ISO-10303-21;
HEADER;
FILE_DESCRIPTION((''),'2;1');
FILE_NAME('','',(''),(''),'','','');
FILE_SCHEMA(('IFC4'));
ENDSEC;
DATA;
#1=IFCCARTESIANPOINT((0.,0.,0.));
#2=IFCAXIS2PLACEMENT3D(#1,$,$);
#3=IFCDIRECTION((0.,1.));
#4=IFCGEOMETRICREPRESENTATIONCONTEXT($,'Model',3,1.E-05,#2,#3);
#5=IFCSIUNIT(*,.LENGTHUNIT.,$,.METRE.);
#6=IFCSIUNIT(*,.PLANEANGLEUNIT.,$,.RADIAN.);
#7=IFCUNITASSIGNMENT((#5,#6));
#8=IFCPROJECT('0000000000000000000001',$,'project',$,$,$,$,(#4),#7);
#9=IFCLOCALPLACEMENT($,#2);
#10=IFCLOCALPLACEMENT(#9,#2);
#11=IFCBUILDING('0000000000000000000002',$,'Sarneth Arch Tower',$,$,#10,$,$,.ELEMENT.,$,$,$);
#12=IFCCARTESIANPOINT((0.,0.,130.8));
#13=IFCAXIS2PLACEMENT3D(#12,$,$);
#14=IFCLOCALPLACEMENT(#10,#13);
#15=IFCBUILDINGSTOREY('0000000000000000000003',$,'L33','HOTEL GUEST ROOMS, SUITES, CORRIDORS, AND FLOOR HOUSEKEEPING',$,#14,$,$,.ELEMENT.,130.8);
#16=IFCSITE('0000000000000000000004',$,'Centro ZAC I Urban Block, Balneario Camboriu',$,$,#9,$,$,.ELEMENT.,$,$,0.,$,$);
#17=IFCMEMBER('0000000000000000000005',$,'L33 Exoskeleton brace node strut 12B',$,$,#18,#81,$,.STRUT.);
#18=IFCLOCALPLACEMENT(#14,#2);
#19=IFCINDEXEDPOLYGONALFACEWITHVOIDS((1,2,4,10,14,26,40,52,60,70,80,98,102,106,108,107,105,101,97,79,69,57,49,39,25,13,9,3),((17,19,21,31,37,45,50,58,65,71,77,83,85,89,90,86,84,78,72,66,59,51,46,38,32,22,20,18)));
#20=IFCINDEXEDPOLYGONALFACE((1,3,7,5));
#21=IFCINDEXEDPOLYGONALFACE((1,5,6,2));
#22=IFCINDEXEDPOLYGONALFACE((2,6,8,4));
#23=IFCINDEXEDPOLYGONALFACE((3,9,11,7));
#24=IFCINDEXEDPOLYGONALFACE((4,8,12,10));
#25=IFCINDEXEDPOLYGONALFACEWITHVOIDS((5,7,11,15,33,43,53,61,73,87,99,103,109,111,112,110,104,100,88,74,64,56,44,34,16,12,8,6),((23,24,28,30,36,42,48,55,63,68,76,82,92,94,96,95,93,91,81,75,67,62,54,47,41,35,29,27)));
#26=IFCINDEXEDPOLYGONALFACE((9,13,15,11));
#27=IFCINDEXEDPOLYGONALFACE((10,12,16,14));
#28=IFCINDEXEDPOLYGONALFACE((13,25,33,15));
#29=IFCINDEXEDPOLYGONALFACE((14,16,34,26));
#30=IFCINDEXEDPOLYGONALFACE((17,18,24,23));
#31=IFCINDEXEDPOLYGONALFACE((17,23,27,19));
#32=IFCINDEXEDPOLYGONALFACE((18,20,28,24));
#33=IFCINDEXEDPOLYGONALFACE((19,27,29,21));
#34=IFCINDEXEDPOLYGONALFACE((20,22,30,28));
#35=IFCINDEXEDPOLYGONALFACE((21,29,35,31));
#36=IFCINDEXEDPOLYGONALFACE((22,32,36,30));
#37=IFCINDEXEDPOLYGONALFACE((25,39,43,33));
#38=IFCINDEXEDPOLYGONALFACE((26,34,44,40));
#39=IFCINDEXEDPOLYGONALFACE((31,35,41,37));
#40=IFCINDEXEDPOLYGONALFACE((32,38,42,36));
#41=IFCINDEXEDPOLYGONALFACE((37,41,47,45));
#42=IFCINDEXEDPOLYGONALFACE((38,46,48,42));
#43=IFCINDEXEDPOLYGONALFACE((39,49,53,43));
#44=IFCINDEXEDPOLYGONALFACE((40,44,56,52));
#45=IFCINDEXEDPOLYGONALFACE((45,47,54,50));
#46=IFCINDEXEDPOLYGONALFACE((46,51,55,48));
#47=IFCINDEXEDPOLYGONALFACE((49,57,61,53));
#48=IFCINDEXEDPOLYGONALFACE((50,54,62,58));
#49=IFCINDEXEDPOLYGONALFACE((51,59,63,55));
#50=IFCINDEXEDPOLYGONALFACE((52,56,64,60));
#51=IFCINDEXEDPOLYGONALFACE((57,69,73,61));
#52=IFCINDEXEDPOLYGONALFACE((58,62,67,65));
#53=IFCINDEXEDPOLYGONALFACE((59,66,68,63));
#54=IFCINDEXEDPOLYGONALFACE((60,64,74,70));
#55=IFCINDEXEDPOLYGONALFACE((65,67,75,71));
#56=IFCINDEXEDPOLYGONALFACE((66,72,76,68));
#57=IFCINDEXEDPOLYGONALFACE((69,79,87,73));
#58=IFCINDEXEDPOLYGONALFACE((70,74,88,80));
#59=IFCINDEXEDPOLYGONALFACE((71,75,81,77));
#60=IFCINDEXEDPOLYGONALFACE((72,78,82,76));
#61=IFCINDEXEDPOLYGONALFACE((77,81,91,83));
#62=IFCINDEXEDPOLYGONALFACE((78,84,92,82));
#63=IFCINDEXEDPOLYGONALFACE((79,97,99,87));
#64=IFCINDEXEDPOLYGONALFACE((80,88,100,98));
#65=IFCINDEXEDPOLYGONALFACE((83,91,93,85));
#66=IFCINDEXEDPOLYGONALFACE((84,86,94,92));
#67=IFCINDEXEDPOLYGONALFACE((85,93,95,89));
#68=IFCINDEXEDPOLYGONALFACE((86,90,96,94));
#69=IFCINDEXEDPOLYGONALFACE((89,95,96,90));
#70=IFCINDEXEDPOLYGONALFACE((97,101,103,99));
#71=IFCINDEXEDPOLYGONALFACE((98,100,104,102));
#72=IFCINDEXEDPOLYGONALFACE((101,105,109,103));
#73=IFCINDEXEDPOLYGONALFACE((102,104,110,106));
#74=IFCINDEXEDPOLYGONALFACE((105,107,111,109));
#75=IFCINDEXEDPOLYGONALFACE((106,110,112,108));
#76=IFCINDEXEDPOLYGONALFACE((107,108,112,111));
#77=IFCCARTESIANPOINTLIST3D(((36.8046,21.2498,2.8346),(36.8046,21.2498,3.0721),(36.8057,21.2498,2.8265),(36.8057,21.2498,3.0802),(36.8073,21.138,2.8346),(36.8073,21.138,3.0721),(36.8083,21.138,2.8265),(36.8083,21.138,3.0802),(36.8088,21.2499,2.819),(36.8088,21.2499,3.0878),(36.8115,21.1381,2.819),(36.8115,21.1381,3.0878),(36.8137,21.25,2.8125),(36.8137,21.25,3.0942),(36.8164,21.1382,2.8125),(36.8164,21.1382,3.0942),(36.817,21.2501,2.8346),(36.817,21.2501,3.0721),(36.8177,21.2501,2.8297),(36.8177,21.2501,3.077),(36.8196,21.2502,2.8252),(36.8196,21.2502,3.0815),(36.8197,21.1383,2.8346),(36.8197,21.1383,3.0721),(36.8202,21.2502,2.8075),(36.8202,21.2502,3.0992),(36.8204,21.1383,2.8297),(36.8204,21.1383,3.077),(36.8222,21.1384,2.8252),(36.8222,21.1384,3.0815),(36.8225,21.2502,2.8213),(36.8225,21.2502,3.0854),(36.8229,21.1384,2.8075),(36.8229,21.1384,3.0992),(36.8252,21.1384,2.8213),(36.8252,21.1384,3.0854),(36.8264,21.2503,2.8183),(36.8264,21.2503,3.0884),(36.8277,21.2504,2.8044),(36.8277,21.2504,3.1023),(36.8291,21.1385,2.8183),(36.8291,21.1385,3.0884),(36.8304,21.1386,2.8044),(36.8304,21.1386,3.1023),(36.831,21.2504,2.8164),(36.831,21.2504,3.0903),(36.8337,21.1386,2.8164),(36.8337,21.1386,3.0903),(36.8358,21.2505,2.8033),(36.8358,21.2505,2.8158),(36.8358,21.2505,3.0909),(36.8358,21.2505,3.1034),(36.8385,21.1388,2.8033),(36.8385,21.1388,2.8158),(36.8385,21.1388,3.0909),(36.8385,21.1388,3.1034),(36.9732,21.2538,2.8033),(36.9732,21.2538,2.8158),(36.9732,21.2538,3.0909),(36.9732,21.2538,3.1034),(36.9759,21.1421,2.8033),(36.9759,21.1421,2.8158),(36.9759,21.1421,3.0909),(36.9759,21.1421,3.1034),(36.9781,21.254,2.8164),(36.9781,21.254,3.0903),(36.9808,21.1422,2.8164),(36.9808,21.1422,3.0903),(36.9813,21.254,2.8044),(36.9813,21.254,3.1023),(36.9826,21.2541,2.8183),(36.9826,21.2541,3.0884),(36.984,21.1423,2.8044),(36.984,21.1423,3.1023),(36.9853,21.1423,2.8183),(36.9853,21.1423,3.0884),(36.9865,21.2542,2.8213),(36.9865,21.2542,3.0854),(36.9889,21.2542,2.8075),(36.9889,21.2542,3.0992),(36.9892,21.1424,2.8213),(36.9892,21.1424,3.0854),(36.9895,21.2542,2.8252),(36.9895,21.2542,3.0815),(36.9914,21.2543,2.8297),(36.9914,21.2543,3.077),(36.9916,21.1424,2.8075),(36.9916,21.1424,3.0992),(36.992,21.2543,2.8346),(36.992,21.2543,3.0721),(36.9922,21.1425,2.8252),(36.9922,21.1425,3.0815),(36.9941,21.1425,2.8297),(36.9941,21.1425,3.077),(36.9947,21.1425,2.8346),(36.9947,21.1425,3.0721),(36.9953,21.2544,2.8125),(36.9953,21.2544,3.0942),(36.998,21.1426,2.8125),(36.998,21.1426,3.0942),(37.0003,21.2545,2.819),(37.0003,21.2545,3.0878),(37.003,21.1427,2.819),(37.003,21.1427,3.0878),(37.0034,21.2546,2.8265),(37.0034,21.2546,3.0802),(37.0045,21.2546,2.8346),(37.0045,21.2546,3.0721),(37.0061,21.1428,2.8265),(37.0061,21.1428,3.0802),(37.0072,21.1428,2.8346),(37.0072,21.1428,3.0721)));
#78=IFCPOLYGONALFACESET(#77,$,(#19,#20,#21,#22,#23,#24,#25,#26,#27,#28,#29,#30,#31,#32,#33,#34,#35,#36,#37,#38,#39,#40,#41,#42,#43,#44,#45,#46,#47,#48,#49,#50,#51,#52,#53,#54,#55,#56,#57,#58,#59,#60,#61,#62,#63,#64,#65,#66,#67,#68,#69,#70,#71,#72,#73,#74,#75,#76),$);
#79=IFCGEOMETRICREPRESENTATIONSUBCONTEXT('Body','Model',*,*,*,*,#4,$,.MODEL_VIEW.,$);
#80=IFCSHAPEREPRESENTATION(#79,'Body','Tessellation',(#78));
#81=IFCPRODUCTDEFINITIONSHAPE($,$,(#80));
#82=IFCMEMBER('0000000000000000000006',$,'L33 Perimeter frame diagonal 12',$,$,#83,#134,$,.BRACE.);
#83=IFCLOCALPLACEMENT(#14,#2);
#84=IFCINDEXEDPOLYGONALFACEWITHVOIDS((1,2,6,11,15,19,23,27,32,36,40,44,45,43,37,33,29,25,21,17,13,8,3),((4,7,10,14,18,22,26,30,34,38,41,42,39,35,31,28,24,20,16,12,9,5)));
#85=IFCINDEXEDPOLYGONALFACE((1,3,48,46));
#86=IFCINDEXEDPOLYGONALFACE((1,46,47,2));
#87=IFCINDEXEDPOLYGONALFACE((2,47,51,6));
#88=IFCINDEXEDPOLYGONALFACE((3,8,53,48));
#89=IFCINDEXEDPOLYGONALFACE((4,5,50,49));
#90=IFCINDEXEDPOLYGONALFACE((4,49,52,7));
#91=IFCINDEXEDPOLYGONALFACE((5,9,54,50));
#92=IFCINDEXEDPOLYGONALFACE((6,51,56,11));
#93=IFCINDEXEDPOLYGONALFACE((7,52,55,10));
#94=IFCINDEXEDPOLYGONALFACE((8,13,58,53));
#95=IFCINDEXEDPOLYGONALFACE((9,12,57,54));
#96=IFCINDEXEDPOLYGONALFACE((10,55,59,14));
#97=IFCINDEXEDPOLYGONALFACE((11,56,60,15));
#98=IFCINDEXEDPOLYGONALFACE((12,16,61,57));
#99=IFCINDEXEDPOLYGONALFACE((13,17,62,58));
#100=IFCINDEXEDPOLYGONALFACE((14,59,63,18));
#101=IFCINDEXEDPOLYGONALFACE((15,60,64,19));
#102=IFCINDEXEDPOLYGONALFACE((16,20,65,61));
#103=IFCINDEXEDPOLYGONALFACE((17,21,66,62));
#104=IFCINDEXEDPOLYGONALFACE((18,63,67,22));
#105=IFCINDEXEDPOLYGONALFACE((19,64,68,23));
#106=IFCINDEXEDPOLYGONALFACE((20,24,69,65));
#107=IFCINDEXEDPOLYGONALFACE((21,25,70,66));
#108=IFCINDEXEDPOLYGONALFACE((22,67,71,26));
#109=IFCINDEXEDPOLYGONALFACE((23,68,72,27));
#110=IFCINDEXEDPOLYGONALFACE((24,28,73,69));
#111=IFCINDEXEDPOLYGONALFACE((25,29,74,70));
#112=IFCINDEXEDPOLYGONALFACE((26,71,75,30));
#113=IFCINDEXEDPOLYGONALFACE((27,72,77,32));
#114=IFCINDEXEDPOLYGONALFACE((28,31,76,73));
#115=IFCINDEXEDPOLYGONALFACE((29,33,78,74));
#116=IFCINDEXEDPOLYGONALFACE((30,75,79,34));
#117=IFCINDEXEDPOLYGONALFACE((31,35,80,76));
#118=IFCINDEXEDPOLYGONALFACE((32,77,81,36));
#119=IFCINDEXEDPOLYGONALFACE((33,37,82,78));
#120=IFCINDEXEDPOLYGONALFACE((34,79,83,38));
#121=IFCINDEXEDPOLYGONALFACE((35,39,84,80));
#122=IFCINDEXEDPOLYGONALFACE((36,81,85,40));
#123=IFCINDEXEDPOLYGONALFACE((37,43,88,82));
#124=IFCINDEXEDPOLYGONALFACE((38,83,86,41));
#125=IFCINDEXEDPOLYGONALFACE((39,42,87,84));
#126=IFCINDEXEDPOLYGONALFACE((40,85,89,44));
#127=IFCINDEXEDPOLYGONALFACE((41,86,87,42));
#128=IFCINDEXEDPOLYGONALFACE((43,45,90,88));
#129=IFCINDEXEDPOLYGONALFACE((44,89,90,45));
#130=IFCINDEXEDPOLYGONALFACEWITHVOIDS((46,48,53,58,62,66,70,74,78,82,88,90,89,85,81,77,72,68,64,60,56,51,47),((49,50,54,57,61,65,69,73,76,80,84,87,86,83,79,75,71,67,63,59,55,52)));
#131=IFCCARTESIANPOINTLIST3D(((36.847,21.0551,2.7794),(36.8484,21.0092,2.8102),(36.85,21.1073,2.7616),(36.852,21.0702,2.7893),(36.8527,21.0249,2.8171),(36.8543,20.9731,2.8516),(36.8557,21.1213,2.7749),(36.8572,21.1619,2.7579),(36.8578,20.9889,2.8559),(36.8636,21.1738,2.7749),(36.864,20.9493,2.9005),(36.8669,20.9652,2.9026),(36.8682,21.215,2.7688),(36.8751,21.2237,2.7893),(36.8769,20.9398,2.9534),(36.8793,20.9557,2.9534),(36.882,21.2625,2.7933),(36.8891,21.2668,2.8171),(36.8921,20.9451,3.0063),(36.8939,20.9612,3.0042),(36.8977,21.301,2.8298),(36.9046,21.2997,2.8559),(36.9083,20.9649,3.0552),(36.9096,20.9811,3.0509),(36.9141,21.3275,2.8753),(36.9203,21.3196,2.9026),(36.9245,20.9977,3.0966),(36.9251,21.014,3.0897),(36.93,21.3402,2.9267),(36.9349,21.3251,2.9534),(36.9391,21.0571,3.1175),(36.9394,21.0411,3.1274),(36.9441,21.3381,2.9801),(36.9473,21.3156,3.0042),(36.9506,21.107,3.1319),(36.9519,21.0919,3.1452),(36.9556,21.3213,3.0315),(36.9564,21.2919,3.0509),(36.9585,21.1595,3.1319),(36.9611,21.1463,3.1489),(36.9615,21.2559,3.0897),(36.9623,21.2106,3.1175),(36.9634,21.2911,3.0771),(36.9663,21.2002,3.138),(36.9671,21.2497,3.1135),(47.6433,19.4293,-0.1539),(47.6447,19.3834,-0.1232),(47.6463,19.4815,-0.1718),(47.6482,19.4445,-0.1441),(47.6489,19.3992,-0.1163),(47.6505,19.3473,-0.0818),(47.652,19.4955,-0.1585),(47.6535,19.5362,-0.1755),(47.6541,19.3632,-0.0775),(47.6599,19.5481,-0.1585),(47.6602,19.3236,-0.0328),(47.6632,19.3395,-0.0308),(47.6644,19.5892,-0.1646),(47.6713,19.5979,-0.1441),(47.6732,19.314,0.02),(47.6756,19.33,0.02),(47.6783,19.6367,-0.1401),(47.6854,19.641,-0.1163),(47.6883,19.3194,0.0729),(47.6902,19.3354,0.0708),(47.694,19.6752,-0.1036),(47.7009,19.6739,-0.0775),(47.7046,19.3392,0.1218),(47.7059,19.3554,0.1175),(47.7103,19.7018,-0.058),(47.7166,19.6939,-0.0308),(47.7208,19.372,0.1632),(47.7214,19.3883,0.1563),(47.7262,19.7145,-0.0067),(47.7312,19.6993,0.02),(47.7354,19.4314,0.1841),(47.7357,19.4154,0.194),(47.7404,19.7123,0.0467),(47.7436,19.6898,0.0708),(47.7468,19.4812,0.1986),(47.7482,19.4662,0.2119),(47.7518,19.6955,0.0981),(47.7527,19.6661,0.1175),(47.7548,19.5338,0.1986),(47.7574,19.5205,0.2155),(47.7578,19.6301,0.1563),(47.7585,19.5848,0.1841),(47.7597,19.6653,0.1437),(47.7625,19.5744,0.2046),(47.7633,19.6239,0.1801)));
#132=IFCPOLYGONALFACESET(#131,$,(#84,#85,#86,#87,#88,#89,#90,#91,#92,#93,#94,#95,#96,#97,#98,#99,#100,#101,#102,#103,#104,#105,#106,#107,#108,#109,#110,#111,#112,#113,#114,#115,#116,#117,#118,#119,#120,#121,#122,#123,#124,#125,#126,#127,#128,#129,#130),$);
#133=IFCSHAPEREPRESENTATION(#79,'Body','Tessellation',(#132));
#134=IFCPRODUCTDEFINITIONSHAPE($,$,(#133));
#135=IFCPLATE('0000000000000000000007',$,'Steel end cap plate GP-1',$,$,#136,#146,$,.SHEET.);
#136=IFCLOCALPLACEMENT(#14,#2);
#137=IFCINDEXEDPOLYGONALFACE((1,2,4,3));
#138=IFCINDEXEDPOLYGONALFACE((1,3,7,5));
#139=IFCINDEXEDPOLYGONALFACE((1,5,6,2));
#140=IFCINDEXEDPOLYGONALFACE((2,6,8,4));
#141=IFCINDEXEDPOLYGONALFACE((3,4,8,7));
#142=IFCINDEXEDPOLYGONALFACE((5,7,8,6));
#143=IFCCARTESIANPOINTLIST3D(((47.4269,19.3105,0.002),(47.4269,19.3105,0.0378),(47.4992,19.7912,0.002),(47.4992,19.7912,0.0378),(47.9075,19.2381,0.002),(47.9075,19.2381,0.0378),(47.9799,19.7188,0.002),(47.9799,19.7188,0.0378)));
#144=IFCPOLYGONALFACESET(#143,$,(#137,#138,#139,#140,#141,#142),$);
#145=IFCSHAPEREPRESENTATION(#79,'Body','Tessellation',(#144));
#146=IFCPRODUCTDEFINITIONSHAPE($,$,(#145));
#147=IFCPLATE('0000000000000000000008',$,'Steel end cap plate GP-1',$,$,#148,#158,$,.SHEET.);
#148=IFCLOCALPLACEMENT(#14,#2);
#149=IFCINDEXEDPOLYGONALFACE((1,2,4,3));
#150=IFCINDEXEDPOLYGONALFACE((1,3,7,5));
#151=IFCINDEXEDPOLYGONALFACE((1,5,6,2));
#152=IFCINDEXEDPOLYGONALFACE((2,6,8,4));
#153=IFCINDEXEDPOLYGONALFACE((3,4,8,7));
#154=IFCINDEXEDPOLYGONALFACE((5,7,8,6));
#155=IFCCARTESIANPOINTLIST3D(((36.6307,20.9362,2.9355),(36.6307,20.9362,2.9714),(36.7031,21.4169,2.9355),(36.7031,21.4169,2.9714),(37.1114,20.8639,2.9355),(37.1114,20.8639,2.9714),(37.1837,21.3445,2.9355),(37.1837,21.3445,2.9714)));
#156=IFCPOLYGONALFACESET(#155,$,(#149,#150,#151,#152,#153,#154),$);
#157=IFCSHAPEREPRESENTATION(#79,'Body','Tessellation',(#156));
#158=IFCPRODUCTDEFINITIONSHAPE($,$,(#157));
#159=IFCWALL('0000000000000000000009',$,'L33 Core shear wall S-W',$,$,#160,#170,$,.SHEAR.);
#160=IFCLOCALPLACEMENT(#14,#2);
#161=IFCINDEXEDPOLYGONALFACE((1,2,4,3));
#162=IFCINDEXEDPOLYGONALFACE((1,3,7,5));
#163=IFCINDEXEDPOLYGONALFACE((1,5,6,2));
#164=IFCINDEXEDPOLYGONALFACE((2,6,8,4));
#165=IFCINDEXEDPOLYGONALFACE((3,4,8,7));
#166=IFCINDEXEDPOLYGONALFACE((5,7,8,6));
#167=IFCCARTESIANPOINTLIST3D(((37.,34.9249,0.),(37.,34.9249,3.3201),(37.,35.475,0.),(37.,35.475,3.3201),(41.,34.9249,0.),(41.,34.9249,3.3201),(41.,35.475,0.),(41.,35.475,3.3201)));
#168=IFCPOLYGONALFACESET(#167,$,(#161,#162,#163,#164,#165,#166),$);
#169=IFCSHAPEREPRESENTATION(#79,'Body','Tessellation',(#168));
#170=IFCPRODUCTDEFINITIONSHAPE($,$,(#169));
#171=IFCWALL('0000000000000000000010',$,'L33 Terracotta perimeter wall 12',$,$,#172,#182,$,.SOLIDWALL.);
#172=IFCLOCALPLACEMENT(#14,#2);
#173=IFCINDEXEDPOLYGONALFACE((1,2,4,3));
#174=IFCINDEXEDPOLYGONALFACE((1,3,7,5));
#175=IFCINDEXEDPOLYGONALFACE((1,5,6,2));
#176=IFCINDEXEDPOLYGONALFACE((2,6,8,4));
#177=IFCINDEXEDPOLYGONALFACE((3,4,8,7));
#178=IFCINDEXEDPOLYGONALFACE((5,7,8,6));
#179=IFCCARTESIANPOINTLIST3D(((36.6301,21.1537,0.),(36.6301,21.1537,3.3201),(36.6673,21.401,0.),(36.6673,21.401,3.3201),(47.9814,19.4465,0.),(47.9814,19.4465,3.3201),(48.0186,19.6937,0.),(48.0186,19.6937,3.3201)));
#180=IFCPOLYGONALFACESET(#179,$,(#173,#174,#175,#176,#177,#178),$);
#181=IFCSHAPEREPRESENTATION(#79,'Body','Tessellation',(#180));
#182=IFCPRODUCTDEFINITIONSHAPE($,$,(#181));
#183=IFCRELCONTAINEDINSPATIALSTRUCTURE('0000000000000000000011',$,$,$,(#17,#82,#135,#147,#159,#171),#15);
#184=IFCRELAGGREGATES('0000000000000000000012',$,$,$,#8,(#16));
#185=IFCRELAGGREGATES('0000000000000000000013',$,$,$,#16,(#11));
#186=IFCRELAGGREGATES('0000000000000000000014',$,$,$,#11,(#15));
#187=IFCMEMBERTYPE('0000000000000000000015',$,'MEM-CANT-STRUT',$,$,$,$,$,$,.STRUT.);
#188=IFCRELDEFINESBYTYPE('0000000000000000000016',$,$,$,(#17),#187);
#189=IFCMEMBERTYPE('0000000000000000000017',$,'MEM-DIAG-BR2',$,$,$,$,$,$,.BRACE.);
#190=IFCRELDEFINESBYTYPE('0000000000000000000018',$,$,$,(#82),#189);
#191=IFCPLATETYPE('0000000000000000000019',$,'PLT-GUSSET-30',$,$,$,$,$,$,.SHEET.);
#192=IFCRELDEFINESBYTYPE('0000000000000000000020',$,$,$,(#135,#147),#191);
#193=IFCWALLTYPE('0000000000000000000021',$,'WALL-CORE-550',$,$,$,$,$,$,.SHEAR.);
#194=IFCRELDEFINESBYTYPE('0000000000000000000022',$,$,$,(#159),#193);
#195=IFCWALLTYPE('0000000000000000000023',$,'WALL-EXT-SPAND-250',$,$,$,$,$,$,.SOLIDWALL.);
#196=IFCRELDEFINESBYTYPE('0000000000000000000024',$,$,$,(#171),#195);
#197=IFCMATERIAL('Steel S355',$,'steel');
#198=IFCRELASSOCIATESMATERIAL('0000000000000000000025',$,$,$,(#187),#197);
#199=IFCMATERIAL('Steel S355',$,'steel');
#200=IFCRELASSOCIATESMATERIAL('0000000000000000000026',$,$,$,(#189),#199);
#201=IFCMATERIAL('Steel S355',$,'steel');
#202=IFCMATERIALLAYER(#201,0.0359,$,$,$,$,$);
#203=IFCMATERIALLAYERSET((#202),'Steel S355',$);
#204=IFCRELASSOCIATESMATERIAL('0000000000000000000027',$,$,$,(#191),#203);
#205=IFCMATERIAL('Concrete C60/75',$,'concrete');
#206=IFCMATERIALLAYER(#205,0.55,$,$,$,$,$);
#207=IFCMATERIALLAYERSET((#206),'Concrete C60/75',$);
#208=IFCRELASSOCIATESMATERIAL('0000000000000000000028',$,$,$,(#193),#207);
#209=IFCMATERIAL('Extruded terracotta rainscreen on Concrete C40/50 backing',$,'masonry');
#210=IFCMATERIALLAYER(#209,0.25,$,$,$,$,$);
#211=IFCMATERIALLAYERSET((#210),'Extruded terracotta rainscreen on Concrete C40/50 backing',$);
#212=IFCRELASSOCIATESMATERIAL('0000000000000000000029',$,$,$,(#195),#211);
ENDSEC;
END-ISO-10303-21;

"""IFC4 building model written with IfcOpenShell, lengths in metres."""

from ifc_helpers import new_model, si_unit, direction, frame, frame_2d, origin, origin_2d, place, context, subcontext, project, spatial, rectangle, hollow_rectangle, hollow_circle, extrude, material, layer, layer_set, material_profile, profile_set, type_object, element, save


model = new_model("IFC4")

# Units and contexts
model_context = context("Model", 3, precision=1e-05, world=origin(), true_north=direction((0.0, 1.0)))
body_context = subcontext(model_context, "Body", "Model", "MODEL_VIEW")
ifc_project = project(units=[si_unit("LENGTHUNIT", "METRE"), si_unit("PLANEANGLEUNIT", "RADIAN")], contexts=[model_context])

# Site, building, storey
site_placement = place(None, origin())
site = spatial("IfcSite", under=ifc_project, at=site_placement, Name="Centro ZAC I Urban Block, Balneario Camboriu", CompositionType="ELEMENT", RefElevation=0.0)
building_placement = place(site_placement, origin())
building = spatial("IfcBuilding", under=site, at=building_placement, Name="Sarneth Arch Tower", CompositionType="ELEMENT")
storey_placement = place(building_placement, frame((0.0, 0.0, 130.8)))
storey = spatial("IfcBuildingStorey", under=building, at=storey_placement, Name="L33", Description="HOTEL GUEST ROOMS, SUITES, CORRIDORS, AND FLOOR HOUSEKEEPING", CompositionType="ELEMENT", Elevation=130.8)

# Members
ifc_material_1 = material(Name="Steel S355", Category="steel")
ifc_material_profile_1 = material_profile(ifc_material_1, hollow_rectangle(XDim=0.2, YDim=0.3, WallThickness=0.0125, InnerFilletRadius=0.0188, OuterFilletRadius=0.0312, at=origin_2d()), Name="RHS300x200x12.5")
ifc_profile_set_1 = profile_set([ifc_material_profile_1], Name="Steel S355")
member_type_1 = type_object("IfcMemberType", Name="MEM-CANT-STRUT", PredefinedType="STRUT", material=ifc_profile_set_1)
member_1_placement = place(storey_placement, frame((36.9045, 21.2522, 2.9534), z_axis=(0.024011, -0.999712, 0.0), x_axis=(0.999712, 0.024011, 0.0)))
element("IfcMember", 1, at=member_1_placement, inside=storey, type_object=member_type_1, Name="L33 Exoskeleton brace node strut 12B", PredefinedType="STRUT", context=body_context, shape_type="SweptSolid", body=[
    extrude(hollow_rectangle(XDim=0.2, YDim=0.3, WallThickness=0.0125, InnerFilletRadius=0.0188, OuterFilletRadius=0.0312, at=origin_2d()), origin(), (0.0, 0.0, 1.0), 0.1118),
])
ifc_material_2 = material(Name="Steel S355", Category="steel")
ifc_material_profile_2 = material_profile(ifc_material_2, hollow_circle(Radius=0.2029, WallThickness=0.0161, at=origin_2d()), Name="CHS406x16")
ifc_profile_set_2 = profile_set([ifc_material_profile_2], Name="Steel S355")
member_type_2 = type_object("IfcMemberType", Name="MEM-DIAG-BR2", PredefinedType="BRACE", material=ifc_profile_set_2)
member_2_placement = place(storey_placement, frame((47.7034, 19.5146, 0.02), z_axis=(-0.954984, 0.143806, 0.259472), x_axis=(-0.148906, -0.988851, 0.0)))
element("IfcMember", 2, at=member_2_placement, inside=storey, type_object=member_type_2, Name="L33 Perimeter frame diagonal 12", PredefinedType="BRACE", context=body_context, shape_type="SweptSolid", body=[
    extrude(hollow_circle(Radius=0.2029, WallThickness=0.0161, at=origin_2d()), origin(), (0.0, 0.0, 1.0), 11.3052),
])

# Plates
ifc_material_3 = material(Name="Steel S355", Category="steel")
ifc_layer_1 = layer(ifc_material_3, 0.0359)
ifc_layer_set_1 = layer_set([ifc_layer_1], Name="Steel S355")
plate_type = type_object("IfcPlateType", Name="PLT-GUSSET-30", PredefinedType="SHEET", material=ifc_layer_set_1)
for number, where, z_axis, x_axis, name in (
    (3, (47.7034, 19.5146, 0.002), (0.0, 0.0, 1.0), (0.988861, -0.148845, 0.0), "Steel end cap plate GP-1"),
    (4, (36.9072, 21.1404, 2.9355), (0.0, 0.0, 1.0), (0.988861, -0.148845, 0.0), "Steel end cap plate GP-1"),
):
    element("IfcPlate", number, at=place(storey_placement, frame(where, z_axis=z_axis, x_axis=x_axis)), inside=storey, type_object=plate_type, Name=name, PredefinedType="SHEET", context=body_context, shape_type="SweptSolid", body=[
        extrude(rectangle(XDim=0.4861, YDim=0.4861, at=origin_2d()), origin(), (0.0, 0.0, 1.0), 0.0359),
    ])

# Wall
ifc_material_4 = material(Name="Concrete C60/75", Category="concrete")
ifc_layer_2 = layer(ifc_material_4, 0.55)
ifc_layer_set_2 = layer_set([ifc_layer_2], Name="Concrete C60/75")
wall_type_1 = type_object("IfcWallType", Name="WALL-CORE-550", PredefinedType="SHEAR", material=ifc_layer_set_2)
wall_1_placement = place(storey_placement, frame((37.0, 35.2, 0.0), z_axis=(0.0, 0.0, 1.0), x_axis=(1.0, 0.0, 0.0)))
element("IfcWall", 5, at=wall_1_placement, inside=storey, type_object=wall_type_1, Name="L33 Core shear wall S-W", PredefinedType="SHEAR", context=body_context, shape_type="SweptSolid", body=[
    extrude(rectangle(XDim=4.0, YDim=0.55, at=frame_2d((2.0, 0.0))), origin(), (0.0, 0.0, 1.0), 3.3201),
])

# Wall
ifc_material_5 = material(Name="Extruded terracotta rainscreen on Concrete C40/50 backing", Category="masonry")
ifc_layer_3 = layer(ifc_material_5, 0.25)
ifc_layer_set_3 = layer_set([ifc_layer_3], Name="Extruded terracotta rainscreen on Concrete C40/50 backing")
wall_type_2 = type_object("IfcWallType", Name="WALL-EXT-SPAND-250", PredefinedType="SOLIDWALL", material=ifc_layer_set_3)
wall_2_placement = place(storey_placement, frame((36.6487, 21.2773, 0.0), z_axis=(0.0, 0.0, 1.0), x_axis=(0.988878, -0.14873, 0.0)))
element("IfcWall", 6, at=wall_2_placement, inside=storey, type_object=wall_type_2, Name="L33 Terracotta perimeter wall 12", PredefinedType="SOLIDWALL", context=body_context, shape_type="SweptSolid", body=[
    extrude(rectangle(XDim=11.479, YDim=0.25, at=frame_2d((5.7395, 0.0))), origin(), (0.0, 0.0, 1.0), 3.3201),
])

save(model, "model.ifc")
